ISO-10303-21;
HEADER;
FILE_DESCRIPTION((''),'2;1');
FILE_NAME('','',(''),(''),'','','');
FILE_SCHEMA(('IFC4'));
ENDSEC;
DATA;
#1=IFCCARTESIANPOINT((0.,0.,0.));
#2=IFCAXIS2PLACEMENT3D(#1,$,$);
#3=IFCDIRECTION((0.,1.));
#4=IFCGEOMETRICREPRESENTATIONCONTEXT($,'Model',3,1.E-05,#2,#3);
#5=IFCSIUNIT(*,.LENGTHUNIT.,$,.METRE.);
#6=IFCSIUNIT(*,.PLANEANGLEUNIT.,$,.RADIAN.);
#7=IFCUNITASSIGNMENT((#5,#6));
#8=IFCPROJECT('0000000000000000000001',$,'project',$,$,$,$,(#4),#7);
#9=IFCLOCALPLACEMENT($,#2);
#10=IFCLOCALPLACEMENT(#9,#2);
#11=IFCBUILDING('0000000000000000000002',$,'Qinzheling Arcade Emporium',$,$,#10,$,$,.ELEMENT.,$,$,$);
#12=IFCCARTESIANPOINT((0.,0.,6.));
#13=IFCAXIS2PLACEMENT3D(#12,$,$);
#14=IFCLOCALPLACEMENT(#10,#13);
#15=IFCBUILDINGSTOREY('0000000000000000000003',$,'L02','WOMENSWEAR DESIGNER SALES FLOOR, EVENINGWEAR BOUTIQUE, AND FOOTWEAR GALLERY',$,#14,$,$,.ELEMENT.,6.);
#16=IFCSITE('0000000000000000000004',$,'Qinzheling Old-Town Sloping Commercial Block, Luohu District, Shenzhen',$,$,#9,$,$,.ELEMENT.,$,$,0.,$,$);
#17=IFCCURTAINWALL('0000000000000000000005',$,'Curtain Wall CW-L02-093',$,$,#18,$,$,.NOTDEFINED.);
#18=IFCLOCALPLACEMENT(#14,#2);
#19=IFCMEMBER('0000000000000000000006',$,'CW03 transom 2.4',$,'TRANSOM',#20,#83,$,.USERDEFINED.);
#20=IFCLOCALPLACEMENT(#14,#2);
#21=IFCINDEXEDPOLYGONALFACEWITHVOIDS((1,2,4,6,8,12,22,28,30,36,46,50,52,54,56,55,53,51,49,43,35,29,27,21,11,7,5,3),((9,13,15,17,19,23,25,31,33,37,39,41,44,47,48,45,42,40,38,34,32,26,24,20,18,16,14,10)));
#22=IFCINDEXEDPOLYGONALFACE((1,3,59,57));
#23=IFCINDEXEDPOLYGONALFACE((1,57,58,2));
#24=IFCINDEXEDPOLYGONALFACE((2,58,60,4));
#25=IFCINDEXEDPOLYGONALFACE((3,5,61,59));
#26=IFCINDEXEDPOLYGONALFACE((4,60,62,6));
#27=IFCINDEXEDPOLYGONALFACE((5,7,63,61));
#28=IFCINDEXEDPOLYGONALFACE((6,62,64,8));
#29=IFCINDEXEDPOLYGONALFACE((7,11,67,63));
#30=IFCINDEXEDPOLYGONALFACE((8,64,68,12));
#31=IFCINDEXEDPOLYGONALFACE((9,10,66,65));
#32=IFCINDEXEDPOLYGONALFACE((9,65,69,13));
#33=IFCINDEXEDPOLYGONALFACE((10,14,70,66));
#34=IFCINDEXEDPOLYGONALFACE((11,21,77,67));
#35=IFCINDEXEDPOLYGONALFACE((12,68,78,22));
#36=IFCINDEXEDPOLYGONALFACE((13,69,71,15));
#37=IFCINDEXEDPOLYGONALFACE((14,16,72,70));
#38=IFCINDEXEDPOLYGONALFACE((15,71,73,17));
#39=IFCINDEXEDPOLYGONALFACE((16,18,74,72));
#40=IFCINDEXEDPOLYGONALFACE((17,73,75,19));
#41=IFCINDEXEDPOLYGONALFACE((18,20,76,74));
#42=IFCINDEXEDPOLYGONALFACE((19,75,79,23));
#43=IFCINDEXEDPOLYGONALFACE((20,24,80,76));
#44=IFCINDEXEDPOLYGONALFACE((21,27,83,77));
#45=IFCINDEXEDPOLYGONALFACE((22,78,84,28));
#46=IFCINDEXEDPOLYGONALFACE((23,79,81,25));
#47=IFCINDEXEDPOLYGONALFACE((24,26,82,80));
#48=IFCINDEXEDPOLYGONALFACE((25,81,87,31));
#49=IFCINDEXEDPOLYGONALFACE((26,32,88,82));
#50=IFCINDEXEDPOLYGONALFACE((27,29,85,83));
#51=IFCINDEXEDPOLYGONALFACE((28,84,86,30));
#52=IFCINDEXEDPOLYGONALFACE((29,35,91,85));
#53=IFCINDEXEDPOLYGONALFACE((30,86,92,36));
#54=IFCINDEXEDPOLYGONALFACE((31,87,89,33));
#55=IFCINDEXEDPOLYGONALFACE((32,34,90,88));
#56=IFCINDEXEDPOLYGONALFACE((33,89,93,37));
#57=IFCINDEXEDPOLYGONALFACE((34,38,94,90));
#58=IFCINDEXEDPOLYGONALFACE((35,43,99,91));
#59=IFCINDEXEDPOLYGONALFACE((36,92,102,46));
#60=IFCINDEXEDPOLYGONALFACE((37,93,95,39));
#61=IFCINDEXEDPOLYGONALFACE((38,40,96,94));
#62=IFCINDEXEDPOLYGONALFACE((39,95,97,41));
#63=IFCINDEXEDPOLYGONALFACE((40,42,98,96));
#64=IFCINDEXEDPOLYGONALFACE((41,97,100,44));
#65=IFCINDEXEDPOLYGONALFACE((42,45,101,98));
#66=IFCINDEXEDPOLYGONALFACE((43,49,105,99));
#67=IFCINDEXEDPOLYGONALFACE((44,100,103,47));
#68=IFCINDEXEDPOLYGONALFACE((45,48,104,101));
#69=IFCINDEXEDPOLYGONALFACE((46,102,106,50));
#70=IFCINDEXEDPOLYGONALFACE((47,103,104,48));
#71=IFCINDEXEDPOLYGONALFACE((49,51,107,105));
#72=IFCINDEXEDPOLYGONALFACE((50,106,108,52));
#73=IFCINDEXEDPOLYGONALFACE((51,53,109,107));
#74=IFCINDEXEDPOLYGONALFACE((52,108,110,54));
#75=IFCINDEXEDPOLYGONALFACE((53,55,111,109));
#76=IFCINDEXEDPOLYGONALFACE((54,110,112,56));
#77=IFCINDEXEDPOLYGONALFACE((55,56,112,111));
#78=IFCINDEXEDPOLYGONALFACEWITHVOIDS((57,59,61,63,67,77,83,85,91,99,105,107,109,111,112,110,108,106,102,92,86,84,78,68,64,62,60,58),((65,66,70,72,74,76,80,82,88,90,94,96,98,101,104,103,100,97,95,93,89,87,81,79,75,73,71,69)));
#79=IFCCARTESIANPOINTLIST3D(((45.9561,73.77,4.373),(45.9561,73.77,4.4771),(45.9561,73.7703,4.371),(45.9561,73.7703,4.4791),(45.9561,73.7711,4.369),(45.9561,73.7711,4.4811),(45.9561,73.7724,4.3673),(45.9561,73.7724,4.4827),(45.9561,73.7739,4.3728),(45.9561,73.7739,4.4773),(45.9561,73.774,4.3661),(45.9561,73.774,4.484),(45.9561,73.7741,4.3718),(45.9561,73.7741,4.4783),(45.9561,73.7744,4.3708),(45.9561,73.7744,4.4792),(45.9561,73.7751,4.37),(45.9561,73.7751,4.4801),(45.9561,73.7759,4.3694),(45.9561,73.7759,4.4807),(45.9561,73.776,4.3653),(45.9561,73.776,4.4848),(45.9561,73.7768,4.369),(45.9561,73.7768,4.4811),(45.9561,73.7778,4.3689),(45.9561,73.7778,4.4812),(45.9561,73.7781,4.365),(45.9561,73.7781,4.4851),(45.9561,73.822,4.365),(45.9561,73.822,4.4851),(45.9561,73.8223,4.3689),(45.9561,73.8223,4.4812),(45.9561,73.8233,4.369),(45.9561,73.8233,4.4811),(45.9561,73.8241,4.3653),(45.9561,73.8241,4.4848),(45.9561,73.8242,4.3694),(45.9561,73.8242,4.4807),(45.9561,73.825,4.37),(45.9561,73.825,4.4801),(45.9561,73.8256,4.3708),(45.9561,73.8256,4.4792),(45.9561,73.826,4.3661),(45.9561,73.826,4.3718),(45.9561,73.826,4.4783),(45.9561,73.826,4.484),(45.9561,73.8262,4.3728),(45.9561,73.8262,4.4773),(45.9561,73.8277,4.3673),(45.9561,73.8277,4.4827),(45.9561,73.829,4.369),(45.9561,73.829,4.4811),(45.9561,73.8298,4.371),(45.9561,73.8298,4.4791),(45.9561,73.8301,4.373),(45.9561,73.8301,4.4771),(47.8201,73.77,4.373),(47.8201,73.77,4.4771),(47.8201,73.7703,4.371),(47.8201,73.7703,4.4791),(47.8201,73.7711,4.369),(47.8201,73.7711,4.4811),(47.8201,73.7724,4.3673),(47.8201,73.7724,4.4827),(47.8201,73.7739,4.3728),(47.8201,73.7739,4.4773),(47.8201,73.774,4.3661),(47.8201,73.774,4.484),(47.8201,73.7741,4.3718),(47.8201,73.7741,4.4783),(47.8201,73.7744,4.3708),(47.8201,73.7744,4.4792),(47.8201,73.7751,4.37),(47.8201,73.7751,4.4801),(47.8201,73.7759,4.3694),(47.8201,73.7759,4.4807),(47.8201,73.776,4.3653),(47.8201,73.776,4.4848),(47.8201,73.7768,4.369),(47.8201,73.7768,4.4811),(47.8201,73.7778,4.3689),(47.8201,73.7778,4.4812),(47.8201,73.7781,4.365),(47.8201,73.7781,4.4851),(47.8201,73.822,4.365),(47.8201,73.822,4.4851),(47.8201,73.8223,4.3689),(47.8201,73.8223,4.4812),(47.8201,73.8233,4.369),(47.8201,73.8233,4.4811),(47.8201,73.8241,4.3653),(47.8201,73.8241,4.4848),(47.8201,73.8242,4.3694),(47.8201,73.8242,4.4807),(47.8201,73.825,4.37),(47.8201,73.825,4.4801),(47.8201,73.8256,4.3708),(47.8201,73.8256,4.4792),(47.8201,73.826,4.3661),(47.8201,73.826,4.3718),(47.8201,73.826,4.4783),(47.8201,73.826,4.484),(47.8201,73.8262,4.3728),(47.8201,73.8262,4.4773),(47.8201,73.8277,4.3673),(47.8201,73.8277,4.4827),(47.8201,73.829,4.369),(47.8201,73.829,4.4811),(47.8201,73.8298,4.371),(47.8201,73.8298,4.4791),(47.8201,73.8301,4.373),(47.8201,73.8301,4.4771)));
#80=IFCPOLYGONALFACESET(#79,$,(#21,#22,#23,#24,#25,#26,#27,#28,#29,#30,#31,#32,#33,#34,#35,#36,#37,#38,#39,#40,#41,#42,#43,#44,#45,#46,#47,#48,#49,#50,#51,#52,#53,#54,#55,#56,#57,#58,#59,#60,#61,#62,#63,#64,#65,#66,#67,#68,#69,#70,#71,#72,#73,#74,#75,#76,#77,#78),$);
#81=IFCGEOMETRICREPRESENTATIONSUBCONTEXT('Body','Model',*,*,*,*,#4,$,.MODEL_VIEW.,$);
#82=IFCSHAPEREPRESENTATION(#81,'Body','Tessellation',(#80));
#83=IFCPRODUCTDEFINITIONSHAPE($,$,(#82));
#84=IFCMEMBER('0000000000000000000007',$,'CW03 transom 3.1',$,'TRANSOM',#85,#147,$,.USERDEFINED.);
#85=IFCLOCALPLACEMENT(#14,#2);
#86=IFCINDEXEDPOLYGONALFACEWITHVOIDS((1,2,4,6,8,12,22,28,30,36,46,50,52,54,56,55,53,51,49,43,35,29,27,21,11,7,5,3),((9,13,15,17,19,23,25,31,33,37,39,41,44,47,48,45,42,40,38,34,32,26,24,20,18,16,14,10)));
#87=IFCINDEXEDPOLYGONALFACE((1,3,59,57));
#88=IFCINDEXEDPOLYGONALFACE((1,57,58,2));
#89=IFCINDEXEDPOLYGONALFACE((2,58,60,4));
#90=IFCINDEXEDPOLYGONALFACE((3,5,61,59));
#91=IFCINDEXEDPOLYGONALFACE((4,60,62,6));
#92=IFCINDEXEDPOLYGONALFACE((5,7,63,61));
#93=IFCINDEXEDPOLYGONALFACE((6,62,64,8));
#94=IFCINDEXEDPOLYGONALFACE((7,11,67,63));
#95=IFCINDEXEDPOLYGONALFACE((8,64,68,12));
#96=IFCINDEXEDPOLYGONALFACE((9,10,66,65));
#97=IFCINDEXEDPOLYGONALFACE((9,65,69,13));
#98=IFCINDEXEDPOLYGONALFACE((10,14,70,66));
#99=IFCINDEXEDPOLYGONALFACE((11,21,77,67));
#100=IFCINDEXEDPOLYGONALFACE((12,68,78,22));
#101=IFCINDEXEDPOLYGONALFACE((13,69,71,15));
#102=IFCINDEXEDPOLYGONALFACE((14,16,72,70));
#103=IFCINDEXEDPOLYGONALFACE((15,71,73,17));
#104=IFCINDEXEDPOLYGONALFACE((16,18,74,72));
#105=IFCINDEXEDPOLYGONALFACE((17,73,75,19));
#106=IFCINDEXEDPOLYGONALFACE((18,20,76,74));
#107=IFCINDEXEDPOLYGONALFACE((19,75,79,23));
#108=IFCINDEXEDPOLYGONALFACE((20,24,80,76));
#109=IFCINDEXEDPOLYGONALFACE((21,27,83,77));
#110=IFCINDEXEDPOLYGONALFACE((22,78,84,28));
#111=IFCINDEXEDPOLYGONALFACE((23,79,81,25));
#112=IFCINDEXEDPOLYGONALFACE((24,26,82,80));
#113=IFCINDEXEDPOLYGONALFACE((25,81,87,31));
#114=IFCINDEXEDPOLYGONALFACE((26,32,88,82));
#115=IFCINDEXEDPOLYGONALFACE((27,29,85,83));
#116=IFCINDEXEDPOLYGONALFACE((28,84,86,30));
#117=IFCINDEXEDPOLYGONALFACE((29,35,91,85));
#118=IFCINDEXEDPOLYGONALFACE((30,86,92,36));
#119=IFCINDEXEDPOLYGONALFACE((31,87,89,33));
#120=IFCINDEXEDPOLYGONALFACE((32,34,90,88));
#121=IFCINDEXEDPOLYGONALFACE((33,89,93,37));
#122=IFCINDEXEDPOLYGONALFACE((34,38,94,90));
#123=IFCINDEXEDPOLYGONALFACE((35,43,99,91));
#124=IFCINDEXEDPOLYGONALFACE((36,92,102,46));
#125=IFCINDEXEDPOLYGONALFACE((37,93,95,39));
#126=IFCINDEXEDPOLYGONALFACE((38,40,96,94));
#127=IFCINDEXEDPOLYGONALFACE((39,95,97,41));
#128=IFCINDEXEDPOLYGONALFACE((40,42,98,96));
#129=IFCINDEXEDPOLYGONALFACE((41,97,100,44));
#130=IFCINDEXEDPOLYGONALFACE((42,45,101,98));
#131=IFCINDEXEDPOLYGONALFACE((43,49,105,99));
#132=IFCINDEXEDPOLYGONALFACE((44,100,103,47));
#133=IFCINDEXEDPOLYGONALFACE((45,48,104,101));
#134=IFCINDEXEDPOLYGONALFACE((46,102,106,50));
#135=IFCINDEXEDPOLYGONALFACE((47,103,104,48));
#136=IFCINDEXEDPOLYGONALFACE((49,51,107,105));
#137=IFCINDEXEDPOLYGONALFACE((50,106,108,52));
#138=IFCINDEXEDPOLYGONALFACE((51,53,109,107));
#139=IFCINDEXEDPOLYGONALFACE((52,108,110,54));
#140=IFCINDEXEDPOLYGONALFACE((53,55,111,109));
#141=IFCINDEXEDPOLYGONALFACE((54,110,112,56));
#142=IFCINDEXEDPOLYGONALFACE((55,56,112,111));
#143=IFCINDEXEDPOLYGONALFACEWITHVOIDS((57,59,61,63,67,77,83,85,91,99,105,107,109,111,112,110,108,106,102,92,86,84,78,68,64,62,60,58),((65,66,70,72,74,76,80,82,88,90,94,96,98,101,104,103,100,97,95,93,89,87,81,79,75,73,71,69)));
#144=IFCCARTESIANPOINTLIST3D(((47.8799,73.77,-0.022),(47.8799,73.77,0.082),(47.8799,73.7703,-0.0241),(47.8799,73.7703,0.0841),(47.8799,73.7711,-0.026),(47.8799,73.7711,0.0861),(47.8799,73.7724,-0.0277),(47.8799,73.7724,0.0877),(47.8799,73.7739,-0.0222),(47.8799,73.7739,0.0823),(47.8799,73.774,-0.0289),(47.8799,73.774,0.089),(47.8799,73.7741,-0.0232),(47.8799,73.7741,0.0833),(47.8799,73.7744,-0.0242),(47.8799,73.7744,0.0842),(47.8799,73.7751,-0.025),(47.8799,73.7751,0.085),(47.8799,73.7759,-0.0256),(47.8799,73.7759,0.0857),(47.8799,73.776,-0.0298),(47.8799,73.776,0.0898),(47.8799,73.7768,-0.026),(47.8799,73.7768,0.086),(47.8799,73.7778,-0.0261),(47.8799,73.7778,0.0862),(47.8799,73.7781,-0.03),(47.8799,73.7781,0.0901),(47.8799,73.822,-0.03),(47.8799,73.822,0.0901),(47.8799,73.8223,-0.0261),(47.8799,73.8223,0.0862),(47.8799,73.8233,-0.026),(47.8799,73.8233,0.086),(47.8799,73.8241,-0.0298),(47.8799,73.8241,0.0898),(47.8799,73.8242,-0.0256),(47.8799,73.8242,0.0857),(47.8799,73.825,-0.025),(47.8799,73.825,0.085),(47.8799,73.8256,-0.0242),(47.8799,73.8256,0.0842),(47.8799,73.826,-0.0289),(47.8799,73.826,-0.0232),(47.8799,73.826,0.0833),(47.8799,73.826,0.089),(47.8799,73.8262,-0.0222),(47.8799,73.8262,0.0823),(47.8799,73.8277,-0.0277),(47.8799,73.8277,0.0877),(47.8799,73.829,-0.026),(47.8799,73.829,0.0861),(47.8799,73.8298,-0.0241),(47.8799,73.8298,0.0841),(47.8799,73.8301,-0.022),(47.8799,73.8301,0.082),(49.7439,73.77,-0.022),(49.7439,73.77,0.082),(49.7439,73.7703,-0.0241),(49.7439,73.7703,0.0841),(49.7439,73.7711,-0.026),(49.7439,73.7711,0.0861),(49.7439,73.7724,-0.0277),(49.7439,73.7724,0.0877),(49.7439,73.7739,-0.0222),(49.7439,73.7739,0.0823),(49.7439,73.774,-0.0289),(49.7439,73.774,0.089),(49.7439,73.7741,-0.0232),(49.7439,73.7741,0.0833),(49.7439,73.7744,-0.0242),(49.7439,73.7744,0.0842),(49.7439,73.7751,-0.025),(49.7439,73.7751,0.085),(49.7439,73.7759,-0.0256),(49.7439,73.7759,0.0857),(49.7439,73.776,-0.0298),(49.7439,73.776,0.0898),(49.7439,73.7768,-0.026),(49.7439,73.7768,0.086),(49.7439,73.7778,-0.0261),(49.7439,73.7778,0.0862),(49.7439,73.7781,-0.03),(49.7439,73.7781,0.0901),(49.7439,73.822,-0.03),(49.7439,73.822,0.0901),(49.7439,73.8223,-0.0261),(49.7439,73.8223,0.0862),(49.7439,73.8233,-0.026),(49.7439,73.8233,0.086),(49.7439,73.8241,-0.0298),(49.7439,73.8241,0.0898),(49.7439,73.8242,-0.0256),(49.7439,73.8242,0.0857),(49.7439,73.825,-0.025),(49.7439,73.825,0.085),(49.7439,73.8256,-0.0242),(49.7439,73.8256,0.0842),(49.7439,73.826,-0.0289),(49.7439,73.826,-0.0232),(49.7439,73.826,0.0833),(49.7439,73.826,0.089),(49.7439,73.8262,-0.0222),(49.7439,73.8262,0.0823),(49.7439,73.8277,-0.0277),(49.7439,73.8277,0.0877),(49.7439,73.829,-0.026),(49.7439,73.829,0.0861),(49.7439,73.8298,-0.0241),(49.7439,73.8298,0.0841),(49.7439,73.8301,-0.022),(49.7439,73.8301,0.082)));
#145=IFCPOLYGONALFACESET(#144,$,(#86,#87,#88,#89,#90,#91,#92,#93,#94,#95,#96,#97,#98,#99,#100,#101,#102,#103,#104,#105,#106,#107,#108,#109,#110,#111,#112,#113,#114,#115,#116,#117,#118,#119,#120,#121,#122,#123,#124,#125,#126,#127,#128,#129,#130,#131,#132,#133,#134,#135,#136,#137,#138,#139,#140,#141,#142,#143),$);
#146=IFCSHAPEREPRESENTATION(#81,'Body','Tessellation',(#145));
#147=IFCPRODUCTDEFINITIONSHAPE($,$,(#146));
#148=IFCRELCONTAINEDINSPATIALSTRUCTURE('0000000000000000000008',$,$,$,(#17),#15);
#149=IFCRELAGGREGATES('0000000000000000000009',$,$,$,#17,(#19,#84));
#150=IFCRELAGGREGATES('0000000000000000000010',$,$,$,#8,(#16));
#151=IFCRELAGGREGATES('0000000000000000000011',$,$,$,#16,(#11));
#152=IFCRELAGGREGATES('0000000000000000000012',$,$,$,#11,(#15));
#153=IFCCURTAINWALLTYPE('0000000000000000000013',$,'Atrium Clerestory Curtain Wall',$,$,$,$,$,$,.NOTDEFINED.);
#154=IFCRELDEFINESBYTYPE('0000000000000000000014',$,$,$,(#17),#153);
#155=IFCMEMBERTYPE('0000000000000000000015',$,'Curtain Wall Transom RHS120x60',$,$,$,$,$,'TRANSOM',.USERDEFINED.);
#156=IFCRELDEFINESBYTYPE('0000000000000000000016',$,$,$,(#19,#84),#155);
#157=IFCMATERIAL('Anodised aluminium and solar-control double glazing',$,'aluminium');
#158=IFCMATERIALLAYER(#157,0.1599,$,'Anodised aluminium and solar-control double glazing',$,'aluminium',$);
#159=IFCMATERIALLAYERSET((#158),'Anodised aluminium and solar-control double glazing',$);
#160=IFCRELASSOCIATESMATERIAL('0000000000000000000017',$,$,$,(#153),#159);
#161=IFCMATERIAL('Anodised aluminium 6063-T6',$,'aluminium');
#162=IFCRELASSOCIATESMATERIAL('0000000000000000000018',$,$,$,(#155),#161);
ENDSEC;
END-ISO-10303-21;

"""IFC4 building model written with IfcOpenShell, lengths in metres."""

from ifc_helpers import new_model, si_unit, direction, frame, origin, origin_2d, place, context, subcontext, project, spatial, hollow_rectangle, extrude, material, layer, layer_set, material_profile, profile_set, type_object, element, aggregate, save


model = new_model("IFC4")

# Units and contexts
model_context = context("Model", 3, precision=1e-05, world=origin(), true_north=direction((0.0, 1.0)))
body_context = subcontext(model_context, "Body", "Model", "MODEL_VIEW")
ifc_project = project(units=[si_unit("LENGTHUNIT", "METRE"), si_unit("PLANEANGLEUNIT", "RADIAN")], contexts=[model_context])

# Site, building, storey
site_placement = place(None, origin())
site = spatial("IfcSite", under=ifc_project, at=site_placement, Name="Qinzheling Old-Town Sloping Commercial Block, Luohu District, Shenzhen", CompositionType="ELEMENT", RefElevation=0.0)
building_placement = place(site_placement, origin())
building = spatial("IfcBuilding", under=site, at=building_placement, Name="Qinzheling Arcade Emporium", CompositionType="ELEMENT")
storey_placement = place(building_placement, frame((0.0, 0.0, 6.0)))
storey = spatial("IfcBuildingStorey", under=building, at=storey_placement, Name="L02", Description="WOMENSWEAR DESIGNER SALES FLOOR, EVENINGWEAR BOUTIQUE, AND FOOTWEAR GALLERY", CompositionType="ELEMENT", Elevation=6.0)

# Curtain wall, members
ifc_material_1 = material(Name="Anodised aluminium and solar-control double glazing", Category="aluminium")
ifc_layer_1 = layer(ifc_material_1, 0.1599, Name="Anodised aluminium and solar-control double glazing", Category="aluminium")
ifc_layer_set_1 = layer_set([ifc_layer_1], Name="Anodised aluminium and solar-control double glazing")
curtain_wall_type = type_object("IfcCurtainWallType", Name="Atrium Clerestory Curtain Wall", PredefinedType="NOTDEFINED", material=ifc_layer_set_1)
curtain_wall_placement = place(storey_placement, origin())
curtain_wall = element("IfcCurtainWall", 1, at=curtain_wall_placement, inside=storey, type_object=curtain_wall_type, Name="Curtain Wall CW-L02-093", PredefinedType="NOTDEFINED")
ifc_material_2 = material(Name="Anodised aluminium 6063-T6", Category="aluminium")
ifc_material_profile_1 = material_profile(ifc_material_2, hollow_rectangle(XDim=0.0601, YDim=0.1201, WallThickness=0.0039, InnerFilletRadius=0.0039, OuterFilletRadius=0.0081, at=origin_2d()), Name="RHS 120x60x4", Category="aluminium")
ifc_profile_set_1 = profile_set([ifc_material_profile_1], Name="Anodised aluminium 6063-T6")
member_type_1 = type_object("IfcMemberType", Name="Curtain Wall Transom RHS120x60", ElementType="TRANSOM", PredefinedType="USERDEFINED", material=ifc_profile_set_1)
member_1_placement = place(storey_placement, frame((45.9561, 73.8, 4.425), z_axis=(1.0, 0.0, 0.0), x_axis=(0.0, 1.0, 0.0)))
member_1 = element("IfcMember", 2, at=member_1_placement, type_object=member_type_1, Name="CW03 transom 2.4", ObjectType="TRANSOM", PredefinedType="USERDEFINED", context=body_context, shape_type="SweptSolid", body=[
    extrude(hollow_rectangle(XDim=0.0601, YDim=0.1201, WallThickness=0.0039, InnerFilletRadius=0.0039, OuterFilletRadius=0.0081, at=origin_2d()), origin(), (0.0, 0.0, 1.0), 1.864),
])
member_2_placement = place(storey_placement, frame((47.8799, 73.8, 0.03), z_axis=(1.0, 0.0, 0.0), x_axis=(0.0, 1.0, 0.0)))
member_2 = element("IfcMember", 3, at=member_2_placement, type_object=member_type_1, Name="CW03 transom 3.1", ObjectType="TRANSOM", PredefinedType="USERDEFINED", context=body_context, shape_type="SweptSolid", body=[
    extrude(hollow_rectangle(XDim=0.0601, YDim=0.1201, WallThickness=0.0039, InnerFilletRadius=0.0039, OuterFilletRadius=0.0081, at=origin_2d()), origin(), (0.0, 0.0, 1.0), 1.864),
])
aggregate(curtain_wall, [member_1, member_2])

save(model, "model.ifc")
